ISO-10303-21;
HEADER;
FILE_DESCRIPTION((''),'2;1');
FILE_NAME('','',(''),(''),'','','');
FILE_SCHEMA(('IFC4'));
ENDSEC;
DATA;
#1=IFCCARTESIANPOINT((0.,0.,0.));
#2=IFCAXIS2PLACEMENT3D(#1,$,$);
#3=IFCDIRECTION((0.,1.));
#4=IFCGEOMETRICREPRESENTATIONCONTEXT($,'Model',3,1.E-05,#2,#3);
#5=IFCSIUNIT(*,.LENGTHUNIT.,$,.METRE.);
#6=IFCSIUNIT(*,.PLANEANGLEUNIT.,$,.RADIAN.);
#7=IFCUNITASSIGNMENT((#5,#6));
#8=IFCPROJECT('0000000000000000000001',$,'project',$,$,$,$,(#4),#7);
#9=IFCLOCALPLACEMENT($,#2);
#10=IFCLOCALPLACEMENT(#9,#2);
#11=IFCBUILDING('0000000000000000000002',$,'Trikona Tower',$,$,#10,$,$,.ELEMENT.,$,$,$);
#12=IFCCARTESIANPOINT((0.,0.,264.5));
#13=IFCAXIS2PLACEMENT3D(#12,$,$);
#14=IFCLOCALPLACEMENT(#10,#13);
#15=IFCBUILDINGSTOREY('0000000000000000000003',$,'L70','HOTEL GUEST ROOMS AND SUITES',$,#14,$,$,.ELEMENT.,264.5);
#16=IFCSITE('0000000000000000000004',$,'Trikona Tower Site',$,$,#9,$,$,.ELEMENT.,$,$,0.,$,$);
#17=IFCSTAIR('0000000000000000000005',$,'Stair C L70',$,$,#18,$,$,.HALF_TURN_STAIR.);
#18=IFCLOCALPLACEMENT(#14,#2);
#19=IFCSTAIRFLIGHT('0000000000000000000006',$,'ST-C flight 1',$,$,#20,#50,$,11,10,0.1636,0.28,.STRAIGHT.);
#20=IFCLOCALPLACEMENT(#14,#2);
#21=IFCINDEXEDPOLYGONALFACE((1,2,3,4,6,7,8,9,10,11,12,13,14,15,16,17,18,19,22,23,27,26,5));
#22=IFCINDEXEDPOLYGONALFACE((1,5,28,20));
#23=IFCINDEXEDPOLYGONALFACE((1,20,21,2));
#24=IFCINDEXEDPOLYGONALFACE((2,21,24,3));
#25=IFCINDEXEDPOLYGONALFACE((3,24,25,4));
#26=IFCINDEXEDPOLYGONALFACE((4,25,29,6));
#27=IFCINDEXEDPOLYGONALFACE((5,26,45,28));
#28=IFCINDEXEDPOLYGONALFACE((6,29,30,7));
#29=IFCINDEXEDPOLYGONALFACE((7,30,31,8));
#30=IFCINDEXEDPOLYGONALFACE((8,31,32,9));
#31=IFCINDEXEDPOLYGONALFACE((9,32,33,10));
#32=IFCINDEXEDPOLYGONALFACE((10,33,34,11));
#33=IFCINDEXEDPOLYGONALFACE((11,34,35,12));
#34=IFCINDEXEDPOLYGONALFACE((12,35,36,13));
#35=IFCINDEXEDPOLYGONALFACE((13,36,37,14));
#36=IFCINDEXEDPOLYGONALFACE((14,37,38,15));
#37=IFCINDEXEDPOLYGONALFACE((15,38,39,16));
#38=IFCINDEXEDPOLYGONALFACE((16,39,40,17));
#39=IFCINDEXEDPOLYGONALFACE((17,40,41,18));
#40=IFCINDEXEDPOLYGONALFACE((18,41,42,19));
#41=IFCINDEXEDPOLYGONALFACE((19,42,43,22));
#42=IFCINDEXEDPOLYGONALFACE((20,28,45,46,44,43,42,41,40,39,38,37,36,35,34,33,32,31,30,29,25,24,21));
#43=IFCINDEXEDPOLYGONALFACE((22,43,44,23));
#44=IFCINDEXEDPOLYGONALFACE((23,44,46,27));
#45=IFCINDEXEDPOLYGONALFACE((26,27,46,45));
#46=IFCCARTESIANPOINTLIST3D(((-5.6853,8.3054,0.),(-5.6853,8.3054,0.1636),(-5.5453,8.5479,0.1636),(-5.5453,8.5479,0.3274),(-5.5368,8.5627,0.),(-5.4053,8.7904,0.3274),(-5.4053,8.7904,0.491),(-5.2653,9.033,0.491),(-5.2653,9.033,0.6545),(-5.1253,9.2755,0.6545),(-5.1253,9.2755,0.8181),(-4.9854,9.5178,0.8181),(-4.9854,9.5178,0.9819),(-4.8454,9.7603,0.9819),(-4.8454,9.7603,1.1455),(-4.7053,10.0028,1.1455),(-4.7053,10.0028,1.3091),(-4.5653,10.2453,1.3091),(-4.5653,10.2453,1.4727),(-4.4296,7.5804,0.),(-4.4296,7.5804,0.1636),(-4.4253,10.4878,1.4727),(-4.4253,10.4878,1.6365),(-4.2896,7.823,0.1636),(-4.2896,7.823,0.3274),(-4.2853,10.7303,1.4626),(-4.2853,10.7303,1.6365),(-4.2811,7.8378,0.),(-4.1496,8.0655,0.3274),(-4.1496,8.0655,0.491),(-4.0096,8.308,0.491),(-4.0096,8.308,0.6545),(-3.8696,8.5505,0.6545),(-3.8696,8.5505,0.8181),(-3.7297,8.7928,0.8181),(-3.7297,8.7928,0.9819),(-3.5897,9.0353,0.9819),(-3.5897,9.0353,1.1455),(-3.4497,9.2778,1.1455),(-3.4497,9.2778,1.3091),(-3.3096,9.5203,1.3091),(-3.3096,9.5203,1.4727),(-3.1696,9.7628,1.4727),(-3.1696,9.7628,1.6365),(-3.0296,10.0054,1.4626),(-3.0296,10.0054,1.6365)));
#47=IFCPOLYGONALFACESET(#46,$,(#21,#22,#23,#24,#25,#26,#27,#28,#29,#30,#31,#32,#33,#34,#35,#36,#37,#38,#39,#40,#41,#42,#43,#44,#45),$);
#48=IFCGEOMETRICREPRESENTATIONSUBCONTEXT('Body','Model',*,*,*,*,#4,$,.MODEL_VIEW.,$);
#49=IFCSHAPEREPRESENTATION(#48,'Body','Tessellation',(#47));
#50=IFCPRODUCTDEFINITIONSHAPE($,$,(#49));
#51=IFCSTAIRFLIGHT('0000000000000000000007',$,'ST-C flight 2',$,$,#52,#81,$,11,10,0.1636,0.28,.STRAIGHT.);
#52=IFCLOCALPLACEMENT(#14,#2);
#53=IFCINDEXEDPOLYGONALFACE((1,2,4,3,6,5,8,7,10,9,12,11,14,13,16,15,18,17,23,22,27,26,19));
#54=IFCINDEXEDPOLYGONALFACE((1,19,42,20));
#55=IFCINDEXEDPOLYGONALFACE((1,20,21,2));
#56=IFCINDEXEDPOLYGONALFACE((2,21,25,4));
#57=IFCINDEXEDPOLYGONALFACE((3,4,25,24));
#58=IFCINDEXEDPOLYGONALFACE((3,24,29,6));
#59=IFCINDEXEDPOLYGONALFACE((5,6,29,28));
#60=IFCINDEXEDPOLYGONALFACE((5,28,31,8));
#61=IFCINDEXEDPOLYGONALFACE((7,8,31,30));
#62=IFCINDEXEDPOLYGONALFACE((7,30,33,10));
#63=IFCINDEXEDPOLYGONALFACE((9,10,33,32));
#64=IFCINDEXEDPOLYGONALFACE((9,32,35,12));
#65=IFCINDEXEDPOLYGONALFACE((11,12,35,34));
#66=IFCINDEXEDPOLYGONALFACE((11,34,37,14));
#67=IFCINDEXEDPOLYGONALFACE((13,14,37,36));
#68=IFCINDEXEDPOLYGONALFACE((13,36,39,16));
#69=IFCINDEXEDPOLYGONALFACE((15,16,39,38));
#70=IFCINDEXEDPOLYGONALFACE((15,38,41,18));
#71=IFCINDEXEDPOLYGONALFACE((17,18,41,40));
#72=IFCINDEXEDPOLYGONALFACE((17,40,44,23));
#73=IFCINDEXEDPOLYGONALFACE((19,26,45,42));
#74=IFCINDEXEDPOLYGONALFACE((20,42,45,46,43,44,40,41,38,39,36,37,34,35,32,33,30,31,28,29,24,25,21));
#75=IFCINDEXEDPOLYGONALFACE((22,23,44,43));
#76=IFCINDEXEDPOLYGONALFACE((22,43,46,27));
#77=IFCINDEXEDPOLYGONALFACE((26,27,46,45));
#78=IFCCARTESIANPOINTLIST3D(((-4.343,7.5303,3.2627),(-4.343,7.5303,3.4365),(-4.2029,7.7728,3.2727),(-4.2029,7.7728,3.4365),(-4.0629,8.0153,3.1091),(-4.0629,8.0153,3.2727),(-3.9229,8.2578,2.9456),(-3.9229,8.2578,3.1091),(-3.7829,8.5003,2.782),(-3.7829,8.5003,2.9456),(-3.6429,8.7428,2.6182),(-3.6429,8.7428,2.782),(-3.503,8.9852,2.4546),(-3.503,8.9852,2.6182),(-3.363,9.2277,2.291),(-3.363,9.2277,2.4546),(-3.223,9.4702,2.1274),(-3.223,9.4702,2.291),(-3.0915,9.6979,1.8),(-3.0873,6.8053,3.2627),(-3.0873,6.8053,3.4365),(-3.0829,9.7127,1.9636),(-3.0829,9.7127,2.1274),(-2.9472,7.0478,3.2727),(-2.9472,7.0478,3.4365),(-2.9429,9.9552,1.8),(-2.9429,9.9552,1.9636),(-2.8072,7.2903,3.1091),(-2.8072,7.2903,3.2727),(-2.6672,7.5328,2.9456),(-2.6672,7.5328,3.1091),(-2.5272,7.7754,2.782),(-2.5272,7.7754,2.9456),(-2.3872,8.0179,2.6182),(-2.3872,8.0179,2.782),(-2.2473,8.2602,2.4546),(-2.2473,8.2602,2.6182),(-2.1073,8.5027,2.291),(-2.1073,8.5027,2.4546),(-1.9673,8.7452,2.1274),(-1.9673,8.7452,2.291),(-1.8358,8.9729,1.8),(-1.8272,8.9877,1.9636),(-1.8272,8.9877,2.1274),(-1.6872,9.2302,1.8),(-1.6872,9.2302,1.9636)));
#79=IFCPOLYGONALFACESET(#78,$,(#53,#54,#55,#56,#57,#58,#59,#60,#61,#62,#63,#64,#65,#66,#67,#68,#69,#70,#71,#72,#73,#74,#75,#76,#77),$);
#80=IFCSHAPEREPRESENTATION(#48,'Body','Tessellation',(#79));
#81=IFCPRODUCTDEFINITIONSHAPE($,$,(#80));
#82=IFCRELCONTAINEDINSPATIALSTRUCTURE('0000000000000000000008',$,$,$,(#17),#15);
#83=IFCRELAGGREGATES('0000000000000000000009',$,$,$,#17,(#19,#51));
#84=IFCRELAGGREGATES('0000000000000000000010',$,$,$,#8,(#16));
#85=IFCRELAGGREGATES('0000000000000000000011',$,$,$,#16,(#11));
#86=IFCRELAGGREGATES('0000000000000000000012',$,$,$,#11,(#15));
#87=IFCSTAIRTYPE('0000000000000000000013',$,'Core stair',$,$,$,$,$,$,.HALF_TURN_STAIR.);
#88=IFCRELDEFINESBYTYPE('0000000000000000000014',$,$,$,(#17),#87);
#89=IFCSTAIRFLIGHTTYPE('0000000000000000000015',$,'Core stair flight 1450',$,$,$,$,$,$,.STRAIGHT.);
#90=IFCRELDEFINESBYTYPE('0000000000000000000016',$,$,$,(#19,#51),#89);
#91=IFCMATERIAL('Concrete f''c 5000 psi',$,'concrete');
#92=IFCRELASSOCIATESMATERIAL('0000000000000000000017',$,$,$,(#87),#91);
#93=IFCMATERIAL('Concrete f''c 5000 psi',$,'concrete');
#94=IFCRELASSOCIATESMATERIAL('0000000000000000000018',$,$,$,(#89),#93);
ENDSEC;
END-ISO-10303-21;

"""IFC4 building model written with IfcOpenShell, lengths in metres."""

from ifc_helpers import new_model, si_unit, direction, frame, origin, place, context, subcontext, project, spatial, polyline, outline, extrude, material, type_object, element, aggregate, save


model = new_model("IFC4")

# Units and contexts
model_context = context("Model", 3, precision=1e-05, world=origin(), true_north=direction((0.0, 1.0)))
body_context = subcontext(model_context, "Body", "Model", "MODEL_VIEW")
ifc_project = project(units=[si_unit("LENGTHUNIT", "METRE"), si_unit("PLANEANGLEUNIT", "RADIAN")], contexts=[model_context])

# Site, building, storey
site_placement = place(None, origin())
site = spatial("IfcSite", under=ifc_project, at=site_placement, Name="Trikona Tower Site", CompositionType="ELEMENT", RefElevation=0.0)
building_placement = place(site_placement, origin())
building = spatial("IfcBuilding", under=site, at=building_placement, Name="Trikona Tower", CompositionType="ELEMENT")
storey_placement = place(building_placement, frame((0.0, 0.0, 264.5)))
storey = spatial("IfcBuildingStorey", under=building, at=storey_placement, Name="L70", Description="HOTEL GUEST ROOMS AND SUITES", CompositionType="ELEMENT", Elevation=264.5)

# Stair, stair flights
ifc_material_1 = material(Name="Concrete f'c 5000 psi", Category="concrete")
stair_type = type_object("IfcStairType", Name="Core stair", PredefinedType="HALF_TURN_STAIR", material=ifc_material_1)
stair_placement = place(storey_placement, origin())
stair = element("IfcStair", 1, at=stair_placement, inside=storey, type_object=stair_type, Name="Stair C L70", PredefinedType="HALF_TURN_STAIR")
ifc_material_2 = material(Name="Concrete f'c 5000 psi", Category="concrete")
stair_flight_type = type_object("IfcStairFlightType", Name="Core stair flight 1450", PredefinedType="STRAIGHT", material=ifc_material_2)
stair_flight_1_placement = place(storey_placement, frame((-5.0574, 7.9429, 0.0), z_axis=(0.0, 0.0, 1.0), x_axis=(0.5, 0.866025, 0.0)))
stair_flight_1 = element("IfcStairFlight", 2, at=stair_flight_1_placement, type_object=stair_flight_type, Name="ST-C flight 1", NumberOfRisers=11, NumberOfTreads=10, PredefinedType="STRAIGHT", RiserHeight=0.1636, TreadLength=0.28, context=body_context, shape_type="SweptSolid", body=[
    extrude(outline(polyline([(0.0, 0.0), (0.0, 0.1636), (0.28, 0.1636), (0.28, 0.3274), (0.5601, 0.3274), (0.5601, 0.491), (0.8401, 0.491), (0.8401, 0.6545), (1.1201, 0.6545), (1.1201, 0.8181), (1.3999, 0.8181), (1.3999, 0.9819), (1.6799, 0.9819), (1.6799, 1.1455), (1.96, 1.1455), (1.96, 1.3091), (2.24, 1.3091), (2.24, 1.4727), (2.52, 1.4727), (2.52, 1.6365), (2.8, 1.6365), (2.8, 1.8), (2.8, 1.4626), (0.2971, 0.0), (0.0, 0.0)])), frame((0.0, 0.7251, 0.0), z_axis=(0.0, -1.0, 0.0), x_axis=(1.0, 0.0, 0.0)), (0.0, 0.0, 1.0), 1.45),
])
stair_flight_2_placement = place(storey_placement, frame((-2.3152, 9.5928, 1.8), z_axis=(0.0, 0.0, 1.0), x_axis=(-0.5, -0.866025, 0.0)))
stair_flight_2 = element("IfcStairFlight", 3, at=stair_flight_2_placement, type_object=stair_flight_type, Name="ST-C flight 2", NumberOfRisers=11, NumberOfTreads=10, PredefinedType="STRAIGHT", RiserHeight=0.1636, TreadLength=0.28, context=body_context, shape_type="SweptSolid", body=[
    extrude(outline(polyline([(0.0, 0.0), (0.0, 0.1636), (0.28, 0.1636), (0.28, 0.3274), (0.5601, 0.3274), (0.5601, 0.491), (0.8401, 0.491), (0.8401, 0.6545), (1.1201, 0.6545), (1.1201, 0.8181), (1.3999, 0.8181), (1.3999, 0.9819), (1.6799, 0.9819), (1.6799, 1.1455), (1.96, 1.1455), (1.96, 1.3091), (2.24, 1.3091), (2.24, 1.4727), (2.52, 1.4727), (2.52, 1.6365), (2.8, 1.6365), (2.8, 1.8), (2.8, 1.4626), (0.2971, 0.0), (0.0, 0.0)])), frame((0.0, 0.7251, 0.0), z_axis=(0.0, -1.0, 0.0), x_axis=(1.0, 0.0, 0.0)), (0.0, 0.0, 1.0), 1.45),
])
aggregate(stair, [stair_flight_1, stair_flight_2])

save(model, "model.ifc")
